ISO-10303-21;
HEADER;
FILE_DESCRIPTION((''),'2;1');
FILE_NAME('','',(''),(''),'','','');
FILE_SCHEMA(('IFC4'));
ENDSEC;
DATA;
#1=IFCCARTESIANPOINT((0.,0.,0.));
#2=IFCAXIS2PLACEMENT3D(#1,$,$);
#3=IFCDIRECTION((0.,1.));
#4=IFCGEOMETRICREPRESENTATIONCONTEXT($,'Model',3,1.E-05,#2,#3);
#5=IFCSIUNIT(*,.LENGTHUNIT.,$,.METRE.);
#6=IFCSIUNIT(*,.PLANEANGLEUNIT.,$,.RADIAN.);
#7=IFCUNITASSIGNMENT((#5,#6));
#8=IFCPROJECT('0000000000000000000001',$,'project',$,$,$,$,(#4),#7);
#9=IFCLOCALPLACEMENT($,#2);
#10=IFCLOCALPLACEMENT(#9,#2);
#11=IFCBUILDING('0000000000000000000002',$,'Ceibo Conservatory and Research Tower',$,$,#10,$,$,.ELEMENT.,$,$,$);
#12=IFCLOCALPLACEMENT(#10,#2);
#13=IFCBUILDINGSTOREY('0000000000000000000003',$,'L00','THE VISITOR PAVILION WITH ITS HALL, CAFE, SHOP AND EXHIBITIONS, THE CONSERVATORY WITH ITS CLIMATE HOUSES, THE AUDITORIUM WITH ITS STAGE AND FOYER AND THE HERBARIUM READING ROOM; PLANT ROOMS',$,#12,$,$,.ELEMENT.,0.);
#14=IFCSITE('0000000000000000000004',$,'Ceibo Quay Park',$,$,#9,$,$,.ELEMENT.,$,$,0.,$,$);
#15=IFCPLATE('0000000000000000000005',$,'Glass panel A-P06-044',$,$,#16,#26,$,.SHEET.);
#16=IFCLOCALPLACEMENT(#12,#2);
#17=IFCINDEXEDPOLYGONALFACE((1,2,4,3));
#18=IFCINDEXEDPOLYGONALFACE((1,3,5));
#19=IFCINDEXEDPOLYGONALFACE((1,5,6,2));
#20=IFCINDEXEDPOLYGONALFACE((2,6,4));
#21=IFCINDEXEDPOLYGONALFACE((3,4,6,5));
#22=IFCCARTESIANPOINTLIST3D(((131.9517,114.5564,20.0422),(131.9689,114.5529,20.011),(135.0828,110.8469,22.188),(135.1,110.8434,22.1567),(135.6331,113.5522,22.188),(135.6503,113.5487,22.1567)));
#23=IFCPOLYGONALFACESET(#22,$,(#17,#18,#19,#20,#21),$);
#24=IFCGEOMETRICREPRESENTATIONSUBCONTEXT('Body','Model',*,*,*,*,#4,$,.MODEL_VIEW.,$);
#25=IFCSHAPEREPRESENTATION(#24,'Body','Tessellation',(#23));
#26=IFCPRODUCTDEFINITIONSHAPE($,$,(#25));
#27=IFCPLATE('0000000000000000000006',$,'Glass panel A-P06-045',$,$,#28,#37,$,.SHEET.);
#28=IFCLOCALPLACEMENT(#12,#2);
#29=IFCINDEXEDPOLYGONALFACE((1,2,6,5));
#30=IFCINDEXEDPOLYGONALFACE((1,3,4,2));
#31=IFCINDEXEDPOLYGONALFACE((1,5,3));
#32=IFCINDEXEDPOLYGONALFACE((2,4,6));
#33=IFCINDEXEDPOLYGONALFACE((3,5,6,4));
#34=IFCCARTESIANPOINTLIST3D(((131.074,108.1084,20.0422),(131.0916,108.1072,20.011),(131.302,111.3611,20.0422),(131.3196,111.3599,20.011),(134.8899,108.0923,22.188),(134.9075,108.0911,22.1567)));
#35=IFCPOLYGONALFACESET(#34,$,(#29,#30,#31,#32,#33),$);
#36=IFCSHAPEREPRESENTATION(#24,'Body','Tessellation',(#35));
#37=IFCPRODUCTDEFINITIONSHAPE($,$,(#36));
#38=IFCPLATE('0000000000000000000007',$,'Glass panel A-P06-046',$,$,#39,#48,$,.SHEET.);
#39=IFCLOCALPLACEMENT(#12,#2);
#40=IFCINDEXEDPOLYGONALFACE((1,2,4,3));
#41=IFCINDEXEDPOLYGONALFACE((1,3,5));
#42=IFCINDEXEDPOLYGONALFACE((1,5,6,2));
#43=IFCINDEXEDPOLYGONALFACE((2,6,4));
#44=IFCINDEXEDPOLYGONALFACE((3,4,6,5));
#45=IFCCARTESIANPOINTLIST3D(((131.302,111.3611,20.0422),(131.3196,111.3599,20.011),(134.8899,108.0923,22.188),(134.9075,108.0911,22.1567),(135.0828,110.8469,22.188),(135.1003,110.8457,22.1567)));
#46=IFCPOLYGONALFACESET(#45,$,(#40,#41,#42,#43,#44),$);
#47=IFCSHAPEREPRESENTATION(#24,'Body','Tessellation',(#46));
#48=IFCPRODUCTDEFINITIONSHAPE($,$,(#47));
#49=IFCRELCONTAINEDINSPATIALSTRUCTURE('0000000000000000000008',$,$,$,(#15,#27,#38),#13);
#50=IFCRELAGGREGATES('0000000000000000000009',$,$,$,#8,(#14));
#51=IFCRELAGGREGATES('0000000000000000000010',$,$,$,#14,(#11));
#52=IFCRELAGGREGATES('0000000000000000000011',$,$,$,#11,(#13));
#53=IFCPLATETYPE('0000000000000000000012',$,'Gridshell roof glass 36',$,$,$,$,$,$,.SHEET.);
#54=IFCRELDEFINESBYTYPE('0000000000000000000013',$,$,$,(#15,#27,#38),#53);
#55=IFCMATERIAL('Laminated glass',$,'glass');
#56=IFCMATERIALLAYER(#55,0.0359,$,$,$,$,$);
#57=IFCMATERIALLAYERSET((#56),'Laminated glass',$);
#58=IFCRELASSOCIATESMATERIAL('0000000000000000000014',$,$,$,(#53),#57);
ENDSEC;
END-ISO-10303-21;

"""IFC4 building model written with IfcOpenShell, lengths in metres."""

from ifc_helpers import new_model, si_unit, direction, frame, origin, place, context, subcontext, project, spatial, polyline, outline, extrude, material, layer, layer_set, type_object, element, save


model = new_model("IFC4")

# Units and contexts
model_context = context("Model", 3, precision=1e-05, world=origin(), true_north=direction((0.0, 1.0)))
body_context = subcontext(model_context, "Body", "Model", "MODEL_VIEW")
ifc_project = project(units=[si_unit("LENGTHUNIT", "METRE"), si_unit("PLANEANGLEUNIT", "RADIAN")], contexts=[model_context])

# Site, building, storey
site_placement = place(None, origin())
site = spatial("IfcSite", under=ifc_project, at=site_placement, Name="Ceibo Quay Park", CompositionType="ELEMENT", RefElevation=0.0)
building_placement = place(site_placement, origin())
building = spatial("IfcBuilding", under=site, at=building_placement, Name="Ceibo Conservatory and Research Tower", CompositionType="ELEMENT")
storey_placement = place(building_placement, origin())
storey = spatial("IfcBuildingStorey", under=building, at=storey_placement, Name="L00", Description="THE VISITOR PAVILION WITH ITS HALL, CAFE, SHOP AND EXHIBITIONS, THE CONSERVATORY WITH ITS CLIMATE HOUSES, THE AUDITORIUM WITH ITS STAGE AND FOYER AND THE HERBARIUM READING ROOM; PLANT ROOMS", CompositionType="ELEMENT", Elevation=0.0)

# Plates
ifc_material_1 = material(Name="Laminated glass", Category="glass")
ifc_layer = layer(ifc_material_1, 0.0359)
ifc_layer_set = layer_set([ifc_layer], Name="Laminated glass")
plate_type = type_object("IfcPlateType", Name="Gridshell roof glass 36", PredefinedType="SHEET", material=ifc_layer_set)
plate_1_placement = place(storey_placement, frame((131.9517, 114.5564, 20.0422), z_axis=(-0.481093, 0.09786, 0.871191), x_axis=(0.589953, -0.698928, 0.404296)))
element("IfcPlate", 1, at=plate_1_placement, inside=storey, type_object=plate_type, Name="Glass panel A-P06-044", PredefinedType="SHEET", context=body_context, shape_type="SweptSolid", body=[
    extrude(outline(polyline([(0.0, 0.0), (5.3074, 0.0), (3.7412, 2.2735), (0.0, 0.0)])), origin(), (0.0, 0.0, -1.0), 0.0359),
])
plate_2_placement = place(storey_placement, frame((131.302, 111.3611, 20.0422), z_axis=(-0.48974, 0.034333, 0.871192), x_axis=(-0.069933, -0.997552, 0.0)))
element("IfcPlate", 2, at=plate_2_placement, inside=storey, type_object=plate_type, Name="Glass panel A-P06-045", PredefinedType="SHEET", context=body_context, shape_type="SweptSolid", body=[
    extrude(outline(polyline([(0.0, 0.0), (3.2607, 0.0), (3.0099, 4.3707), (0.0, 0.0)])), origin(), (0.0, 0.0, -1.0), 0.0359),
])
plate_3_placement = place(storey_placement, frame((131.302, 111.3611, 20.0422), z_axis=(-0.489769, 0.034292, 0.871178), x_axis=(0.676091, -0.615963, 0.404339)))
element("IfcPlate", 3, at=plate_3_placement, inside=storey, type_object=plate_type, Name="Glass panel A-P06-046", PredefinedType="SHEET", context=body_context, shape_type="SweptSolid", body=[
    extrude(outline(polyline([(0.0, 0.0), (5.3068, 0.0), (3.7405, 2.2742), (0.0, 0.0)])), origin(), (0.0, 0.0, -1.0), 0.0359),
])

save(model, "model.ifc")
